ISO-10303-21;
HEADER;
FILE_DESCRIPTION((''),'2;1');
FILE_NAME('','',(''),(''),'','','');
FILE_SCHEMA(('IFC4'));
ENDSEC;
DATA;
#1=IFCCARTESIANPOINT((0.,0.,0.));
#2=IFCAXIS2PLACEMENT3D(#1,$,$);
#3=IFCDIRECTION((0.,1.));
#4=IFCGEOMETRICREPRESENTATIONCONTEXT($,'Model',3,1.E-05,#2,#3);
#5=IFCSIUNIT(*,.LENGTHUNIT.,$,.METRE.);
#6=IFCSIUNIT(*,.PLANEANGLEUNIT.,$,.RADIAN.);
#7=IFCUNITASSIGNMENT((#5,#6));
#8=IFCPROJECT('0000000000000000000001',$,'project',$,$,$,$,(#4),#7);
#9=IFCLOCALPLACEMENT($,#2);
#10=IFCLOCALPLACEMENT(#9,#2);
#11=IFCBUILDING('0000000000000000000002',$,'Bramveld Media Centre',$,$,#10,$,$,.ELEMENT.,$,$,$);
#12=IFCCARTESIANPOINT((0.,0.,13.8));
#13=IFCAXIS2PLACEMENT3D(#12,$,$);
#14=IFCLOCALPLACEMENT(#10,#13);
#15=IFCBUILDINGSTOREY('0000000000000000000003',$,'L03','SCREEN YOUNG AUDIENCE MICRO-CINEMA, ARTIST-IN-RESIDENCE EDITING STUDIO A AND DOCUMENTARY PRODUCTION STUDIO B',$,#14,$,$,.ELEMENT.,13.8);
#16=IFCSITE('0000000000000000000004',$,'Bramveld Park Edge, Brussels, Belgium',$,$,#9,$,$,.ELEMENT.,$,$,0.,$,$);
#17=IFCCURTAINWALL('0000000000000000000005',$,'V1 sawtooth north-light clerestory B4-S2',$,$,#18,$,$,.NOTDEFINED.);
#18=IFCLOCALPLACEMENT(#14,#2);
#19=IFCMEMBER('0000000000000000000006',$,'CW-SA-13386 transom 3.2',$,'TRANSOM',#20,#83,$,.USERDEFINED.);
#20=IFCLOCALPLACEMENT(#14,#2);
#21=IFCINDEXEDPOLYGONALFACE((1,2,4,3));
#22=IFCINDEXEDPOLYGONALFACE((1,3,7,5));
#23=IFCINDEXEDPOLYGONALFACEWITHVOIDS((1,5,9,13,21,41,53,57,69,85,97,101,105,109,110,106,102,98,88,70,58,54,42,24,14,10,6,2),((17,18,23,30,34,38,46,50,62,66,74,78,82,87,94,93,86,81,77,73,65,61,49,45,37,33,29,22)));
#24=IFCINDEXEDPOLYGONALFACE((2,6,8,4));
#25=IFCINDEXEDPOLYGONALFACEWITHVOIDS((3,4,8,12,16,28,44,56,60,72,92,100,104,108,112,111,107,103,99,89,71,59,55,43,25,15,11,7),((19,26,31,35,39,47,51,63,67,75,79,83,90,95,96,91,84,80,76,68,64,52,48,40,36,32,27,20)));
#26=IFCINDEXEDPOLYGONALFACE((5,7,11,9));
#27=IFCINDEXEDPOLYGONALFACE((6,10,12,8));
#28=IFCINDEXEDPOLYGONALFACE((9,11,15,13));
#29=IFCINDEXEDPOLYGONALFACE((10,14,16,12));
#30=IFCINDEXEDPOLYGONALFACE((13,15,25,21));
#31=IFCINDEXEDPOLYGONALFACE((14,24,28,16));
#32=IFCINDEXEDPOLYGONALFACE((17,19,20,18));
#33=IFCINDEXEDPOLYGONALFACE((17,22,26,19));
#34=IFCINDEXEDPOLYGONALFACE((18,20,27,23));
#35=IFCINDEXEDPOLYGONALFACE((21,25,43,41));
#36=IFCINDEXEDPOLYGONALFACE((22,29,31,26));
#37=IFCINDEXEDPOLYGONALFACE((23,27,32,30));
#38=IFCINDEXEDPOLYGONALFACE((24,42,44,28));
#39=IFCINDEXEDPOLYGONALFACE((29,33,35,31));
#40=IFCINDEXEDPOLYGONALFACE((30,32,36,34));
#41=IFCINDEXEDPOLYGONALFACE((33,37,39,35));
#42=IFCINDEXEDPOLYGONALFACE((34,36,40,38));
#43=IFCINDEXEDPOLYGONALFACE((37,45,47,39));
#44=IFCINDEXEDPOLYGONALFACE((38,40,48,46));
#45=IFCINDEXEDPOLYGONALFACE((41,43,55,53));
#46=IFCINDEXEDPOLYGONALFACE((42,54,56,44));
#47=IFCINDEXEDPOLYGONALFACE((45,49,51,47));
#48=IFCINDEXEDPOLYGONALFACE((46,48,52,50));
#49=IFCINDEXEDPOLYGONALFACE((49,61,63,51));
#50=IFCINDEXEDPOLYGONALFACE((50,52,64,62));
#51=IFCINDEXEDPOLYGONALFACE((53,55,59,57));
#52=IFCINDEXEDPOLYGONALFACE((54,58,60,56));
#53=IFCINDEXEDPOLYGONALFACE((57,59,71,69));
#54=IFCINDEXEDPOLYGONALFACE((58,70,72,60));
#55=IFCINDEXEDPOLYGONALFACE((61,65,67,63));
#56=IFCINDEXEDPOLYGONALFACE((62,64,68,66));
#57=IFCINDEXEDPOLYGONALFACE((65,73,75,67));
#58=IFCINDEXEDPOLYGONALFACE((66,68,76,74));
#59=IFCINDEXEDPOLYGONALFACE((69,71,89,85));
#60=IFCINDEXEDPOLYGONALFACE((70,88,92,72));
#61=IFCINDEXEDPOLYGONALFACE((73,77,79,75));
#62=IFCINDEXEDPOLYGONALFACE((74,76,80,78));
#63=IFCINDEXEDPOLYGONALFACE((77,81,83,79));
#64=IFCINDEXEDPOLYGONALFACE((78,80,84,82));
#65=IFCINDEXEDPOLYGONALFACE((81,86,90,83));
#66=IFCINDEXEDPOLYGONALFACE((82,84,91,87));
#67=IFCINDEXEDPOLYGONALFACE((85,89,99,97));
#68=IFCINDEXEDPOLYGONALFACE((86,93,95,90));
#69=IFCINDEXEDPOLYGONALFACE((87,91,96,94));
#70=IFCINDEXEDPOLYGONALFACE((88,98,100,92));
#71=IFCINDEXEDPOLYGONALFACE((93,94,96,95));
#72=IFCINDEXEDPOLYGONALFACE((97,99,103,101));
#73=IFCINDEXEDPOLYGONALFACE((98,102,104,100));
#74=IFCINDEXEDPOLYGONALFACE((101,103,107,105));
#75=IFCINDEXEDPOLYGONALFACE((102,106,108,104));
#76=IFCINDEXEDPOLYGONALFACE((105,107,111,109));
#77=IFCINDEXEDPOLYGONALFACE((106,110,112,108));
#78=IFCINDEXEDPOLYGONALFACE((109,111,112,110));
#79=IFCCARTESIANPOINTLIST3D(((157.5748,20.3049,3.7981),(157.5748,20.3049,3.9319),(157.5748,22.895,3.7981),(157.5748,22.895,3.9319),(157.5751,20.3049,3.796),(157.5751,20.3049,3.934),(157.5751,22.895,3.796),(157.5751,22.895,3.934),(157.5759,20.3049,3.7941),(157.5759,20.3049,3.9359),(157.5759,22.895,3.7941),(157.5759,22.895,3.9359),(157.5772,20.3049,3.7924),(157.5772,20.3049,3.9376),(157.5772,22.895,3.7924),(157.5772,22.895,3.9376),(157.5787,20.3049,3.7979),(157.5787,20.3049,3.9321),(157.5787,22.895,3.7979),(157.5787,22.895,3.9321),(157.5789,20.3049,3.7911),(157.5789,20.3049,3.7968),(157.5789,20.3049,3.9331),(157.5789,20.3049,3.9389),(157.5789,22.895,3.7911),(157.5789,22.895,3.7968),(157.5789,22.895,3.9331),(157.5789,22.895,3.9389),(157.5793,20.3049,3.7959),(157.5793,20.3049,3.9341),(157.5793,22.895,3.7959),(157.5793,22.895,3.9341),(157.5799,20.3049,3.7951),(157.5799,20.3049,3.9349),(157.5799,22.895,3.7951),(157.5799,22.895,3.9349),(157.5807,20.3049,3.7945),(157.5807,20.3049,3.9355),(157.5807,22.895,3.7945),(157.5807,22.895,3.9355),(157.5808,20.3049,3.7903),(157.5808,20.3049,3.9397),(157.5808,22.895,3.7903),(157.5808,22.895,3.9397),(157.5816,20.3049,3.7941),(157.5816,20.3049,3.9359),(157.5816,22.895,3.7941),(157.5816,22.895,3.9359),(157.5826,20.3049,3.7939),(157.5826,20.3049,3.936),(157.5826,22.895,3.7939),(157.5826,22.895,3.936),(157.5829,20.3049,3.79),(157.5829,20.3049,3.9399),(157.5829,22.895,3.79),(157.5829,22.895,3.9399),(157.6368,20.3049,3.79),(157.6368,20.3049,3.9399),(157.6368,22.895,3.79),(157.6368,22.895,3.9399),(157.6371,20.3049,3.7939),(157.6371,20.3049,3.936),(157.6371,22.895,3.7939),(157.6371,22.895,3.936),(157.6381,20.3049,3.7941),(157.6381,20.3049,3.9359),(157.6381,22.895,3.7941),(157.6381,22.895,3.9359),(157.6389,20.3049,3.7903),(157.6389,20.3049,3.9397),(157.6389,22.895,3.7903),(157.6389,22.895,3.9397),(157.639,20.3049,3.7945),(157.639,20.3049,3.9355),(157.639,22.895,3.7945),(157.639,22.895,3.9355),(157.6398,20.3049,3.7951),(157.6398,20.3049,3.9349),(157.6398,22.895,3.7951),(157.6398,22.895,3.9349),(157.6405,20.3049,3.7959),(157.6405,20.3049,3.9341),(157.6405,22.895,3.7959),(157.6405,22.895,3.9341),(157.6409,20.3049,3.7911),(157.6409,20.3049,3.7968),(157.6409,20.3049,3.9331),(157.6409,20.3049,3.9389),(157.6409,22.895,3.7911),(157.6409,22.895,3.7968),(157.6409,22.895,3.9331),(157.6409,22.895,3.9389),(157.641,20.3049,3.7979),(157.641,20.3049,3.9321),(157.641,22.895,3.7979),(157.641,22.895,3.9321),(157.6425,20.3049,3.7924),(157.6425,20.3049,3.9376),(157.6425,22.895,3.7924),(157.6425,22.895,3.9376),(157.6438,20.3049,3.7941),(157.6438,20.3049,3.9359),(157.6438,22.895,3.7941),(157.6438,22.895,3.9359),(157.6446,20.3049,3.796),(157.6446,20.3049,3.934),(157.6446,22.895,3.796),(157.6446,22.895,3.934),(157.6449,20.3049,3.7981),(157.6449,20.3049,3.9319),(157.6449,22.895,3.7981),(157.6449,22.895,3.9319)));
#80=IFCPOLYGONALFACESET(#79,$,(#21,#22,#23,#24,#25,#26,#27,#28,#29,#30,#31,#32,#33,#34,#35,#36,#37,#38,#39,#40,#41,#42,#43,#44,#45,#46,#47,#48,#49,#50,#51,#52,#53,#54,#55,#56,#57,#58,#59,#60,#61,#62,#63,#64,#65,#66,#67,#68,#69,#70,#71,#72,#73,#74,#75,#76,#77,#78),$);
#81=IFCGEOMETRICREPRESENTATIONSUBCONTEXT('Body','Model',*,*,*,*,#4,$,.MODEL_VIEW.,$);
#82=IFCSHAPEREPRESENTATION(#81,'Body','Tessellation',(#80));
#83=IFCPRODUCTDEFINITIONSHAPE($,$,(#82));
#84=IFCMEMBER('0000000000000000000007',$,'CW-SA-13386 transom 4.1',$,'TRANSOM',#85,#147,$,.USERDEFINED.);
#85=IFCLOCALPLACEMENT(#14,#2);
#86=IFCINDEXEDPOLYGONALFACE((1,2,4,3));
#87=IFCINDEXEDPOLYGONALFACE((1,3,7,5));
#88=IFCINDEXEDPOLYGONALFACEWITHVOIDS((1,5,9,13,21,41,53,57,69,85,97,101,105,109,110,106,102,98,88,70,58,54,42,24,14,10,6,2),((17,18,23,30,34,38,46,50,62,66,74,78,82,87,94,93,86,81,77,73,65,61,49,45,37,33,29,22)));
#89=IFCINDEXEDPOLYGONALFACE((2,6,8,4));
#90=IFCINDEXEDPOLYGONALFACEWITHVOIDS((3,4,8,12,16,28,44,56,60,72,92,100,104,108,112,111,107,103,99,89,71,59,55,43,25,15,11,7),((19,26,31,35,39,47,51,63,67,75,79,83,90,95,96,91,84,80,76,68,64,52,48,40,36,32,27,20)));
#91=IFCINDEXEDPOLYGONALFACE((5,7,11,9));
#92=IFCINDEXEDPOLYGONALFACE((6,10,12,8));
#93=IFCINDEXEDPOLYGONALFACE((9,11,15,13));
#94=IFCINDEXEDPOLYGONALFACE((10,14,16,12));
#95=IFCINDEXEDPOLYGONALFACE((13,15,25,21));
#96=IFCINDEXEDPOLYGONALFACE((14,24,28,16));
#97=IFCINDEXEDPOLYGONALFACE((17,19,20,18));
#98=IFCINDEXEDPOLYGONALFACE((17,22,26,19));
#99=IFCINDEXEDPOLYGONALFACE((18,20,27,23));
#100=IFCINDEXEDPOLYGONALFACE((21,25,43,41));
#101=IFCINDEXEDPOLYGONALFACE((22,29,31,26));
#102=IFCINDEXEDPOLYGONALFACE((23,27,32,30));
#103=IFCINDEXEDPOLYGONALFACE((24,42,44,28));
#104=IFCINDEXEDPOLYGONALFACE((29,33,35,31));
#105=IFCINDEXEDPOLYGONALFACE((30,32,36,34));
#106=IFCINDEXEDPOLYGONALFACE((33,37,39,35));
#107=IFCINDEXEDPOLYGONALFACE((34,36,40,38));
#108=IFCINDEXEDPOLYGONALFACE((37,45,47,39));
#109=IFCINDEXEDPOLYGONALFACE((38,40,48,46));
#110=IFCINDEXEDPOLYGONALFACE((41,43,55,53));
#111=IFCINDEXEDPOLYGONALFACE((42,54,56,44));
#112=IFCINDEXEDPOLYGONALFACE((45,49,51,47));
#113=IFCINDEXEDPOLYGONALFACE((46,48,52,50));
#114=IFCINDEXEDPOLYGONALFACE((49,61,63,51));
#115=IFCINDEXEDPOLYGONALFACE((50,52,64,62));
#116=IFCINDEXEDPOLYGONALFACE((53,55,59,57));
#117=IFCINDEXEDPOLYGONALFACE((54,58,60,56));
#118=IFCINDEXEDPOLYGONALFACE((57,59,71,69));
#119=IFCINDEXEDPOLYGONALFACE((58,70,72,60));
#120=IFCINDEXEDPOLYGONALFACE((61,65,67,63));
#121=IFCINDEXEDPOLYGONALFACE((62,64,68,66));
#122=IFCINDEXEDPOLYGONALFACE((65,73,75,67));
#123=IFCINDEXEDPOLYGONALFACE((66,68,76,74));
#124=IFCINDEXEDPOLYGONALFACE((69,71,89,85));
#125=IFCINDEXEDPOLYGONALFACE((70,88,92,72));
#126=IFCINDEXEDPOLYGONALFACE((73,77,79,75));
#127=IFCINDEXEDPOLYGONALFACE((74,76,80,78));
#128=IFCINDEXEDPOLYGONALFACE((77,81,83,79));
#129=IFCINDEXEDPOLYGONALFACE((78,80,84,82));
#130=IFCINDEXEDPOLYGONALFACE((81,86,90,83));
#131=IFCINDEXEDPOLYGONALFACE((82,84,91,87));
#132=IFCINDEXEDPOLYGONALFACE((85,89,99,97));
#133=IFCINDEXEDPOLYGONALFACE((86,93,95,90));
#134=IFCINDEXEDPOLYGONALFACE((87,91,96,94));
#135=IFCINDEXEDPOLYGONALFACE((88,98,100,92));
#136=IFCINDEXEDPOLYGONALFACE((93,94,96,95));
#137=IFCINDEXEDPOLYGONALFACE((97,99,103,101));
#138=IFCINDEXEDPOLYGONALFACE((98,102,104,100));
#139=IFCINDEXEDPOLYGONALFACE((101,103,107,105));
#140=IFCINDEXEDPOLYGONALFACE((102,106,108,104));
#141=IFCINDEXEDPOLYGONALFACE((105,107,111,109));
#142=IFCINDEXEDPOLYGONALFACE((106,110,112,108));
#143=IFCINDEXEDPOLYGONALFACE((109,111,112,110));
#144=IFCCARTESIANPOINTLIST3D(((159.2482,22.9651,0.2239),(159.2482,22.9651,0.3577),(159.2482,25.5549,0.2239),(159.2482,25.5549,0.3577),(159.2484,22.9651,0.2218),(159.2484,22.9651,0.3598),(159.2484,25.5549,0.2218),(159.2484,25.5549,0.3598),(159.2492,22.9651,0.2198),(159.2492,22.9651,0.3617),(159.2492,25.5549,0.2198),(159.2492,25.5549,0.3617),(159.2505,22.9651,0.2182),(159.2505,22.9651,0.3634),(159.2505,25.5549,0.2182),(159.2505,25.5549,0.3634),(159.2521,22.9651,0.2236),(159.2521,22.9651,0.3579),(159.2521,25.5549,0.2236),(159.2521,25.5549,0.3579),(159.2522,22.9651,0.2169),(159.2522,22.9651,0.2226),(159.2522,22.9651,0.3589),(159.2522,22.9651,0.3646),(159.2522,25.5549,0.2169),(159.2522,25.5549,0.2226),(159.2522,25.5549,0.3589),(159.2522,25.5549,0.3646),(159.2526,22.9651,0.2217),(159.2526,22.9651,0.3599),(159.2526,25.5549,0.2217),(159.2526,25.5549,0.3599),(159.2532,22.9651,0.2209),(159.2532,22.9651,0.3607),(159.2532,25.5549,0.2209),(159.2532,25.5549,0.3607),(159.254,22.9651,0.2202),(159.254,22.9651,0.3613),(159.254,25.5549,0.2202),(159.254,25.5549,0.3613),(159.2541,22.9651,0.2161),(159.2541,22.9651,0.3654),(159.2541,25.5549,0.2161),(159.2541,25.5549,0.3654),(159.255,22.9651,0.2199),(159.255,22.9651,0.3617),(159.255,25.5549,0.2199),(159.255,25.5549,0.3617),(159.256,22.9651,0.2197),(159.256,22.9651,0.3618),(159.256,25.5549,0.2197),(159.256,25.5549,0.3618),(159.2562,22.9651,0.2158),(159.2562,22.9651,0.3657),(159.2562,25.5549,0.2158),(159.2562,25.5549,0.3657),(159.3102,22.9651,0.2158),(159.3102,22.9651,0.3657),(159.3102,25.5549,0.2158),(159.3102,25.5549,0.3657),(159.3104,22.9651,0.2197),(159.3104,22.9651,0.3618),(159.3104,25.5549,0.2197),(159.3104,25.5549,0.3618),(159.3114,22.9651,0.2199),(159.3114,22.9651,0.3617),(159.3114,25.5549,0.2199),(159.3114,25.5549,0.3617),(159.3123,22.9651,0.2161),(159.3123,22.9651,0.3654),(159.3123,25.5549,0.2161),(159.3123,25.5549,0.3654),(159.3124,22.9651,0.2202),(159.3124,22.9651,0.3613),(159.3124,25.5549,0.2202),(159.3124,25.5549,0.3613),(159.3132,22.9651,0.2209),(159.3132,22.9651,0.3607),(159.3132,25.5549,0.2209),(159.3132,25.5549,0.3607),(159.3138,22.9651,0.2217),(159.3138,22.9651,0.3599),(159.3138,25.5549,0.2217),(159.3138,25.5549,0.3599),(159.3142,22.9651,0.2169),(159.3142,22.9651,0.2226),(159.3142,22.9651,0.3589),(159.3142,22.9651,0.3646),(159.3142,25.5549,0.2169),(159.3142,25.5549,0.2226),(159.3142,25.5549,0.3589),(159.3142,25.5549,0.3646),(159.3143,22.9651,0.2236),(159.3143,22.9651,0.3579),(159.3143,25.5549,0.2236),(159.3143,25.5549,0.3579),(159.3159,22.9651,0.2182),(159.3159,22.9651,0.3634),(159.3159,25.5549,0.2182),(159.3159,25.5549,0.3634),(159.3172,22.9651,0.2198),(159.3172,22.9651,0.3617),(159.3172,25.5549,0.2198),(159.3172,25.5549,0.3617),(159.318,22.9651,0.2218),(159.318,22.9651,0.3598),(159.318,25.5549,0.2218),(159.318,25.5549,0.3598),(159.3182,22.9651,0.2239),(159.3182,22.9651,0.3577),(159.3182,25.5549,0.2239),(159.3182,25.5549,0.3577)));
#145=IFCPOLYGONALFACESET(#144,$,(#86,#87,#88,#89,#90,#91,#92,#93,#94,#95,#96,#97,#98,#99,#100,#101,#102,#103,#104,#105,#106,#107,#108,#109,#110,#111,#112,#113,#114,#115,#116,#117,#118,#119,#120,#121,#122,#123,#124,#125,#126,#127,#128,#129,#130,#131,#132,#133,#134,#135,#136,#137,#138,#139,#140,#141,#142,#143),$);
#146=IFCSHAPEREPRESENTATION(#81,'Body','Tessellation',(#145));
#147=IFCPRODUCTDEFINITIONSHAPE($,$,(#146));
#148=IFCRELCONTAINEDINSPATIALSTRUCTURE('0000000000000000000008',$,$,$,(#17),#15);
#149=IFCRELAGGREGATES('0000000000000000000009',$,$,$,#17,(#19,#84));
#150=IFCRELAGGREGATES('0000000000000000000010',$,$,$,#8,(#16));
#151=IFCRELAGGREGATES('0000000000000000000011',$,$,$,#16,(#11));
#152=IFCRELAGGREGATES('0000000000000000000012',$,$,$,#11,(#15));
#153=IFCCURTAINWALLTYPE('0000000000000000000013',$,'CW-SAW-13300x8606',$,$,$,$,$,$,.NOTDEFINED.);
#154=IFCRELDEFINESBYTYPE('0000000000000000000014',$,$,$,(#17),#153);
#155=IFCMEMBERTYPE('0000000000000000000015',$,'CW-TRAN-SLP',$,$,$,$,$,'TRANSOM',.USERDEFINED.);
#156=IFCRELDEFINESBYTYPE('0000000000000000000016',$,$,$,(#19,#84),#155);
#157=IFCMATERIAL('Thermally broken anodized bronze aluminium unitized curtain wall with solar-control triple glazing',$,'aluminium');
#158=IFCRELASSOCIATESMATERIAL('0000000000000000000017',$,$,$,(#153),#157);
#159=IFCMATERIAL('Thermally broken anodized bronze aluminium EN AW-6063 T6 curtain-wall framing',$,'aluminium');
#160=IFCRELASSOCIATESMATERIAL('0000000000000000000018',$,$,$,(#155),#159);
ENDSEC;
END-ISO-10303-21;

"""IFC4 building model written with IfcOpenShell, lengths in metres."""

from ifc_helpers import new_model, si_unit, direction, frame, origin, origin_2d, place, context, subcontext, project, spatial, hollow_rectangle, extrude, material, material_profile, profile_set, type_object, element, aggregate, save


model = new_model("IFC4")

# Units and contexts
model_context = context("Model", 3, precision=1e-05, world=origin(), true_north=direction((0.0, 1.0)))
body_context = subcontext(model_context, "Body", "Model", "MODEL_VIEW")
ifc_project = project(units=[si_unit("LENGTHUNIT", "METRE"), si_unit("PLANEANGLEUNIT", "RADIAN")], contexts=[model_context])

# Site, building, storey
site_placement = place(None, origin())
site = spatial("IfcSite", under=ifc_project, at=site_placement, Name="Bramveld Park Edge, Brussels, Belgium", CompositionType="ELEMENT", RefElevation=0.0)
building_placement = place(site_placement, origin())
building = spatial("IfcBuilding", under=site, at=building_placement, Name="Bramveld Media Centre", CompositionType="ELEMENT")
storey_placement = place(building_placement, frame((0.0, 0.0, 13.8)))
storey = spatial("IfcBuildingStorey", under=building, at=storey_placement, Name="L03", Description="SCREEN YOUNG AUDIENCE MICRO-CINEMA, ARTIST-IN-RESIDENCE EDITING STUDIO A AND DOCUMENTARY PRODUCTION STUDIO B", CompositionType="ELEMENT", Elevation=13.8)

# Curtain wall, members
ifc_material_1 = material(Name="Thermally broken anodized bronze aluminium unitized curtain wall with solar-control triple glazing", Category="aluminium")
curtain_wall_type = type_object("IfcCurtainWallType", Name="CW-SAW-13300x8606", PredefinedType="NOTDEFINED", material=ifc_material_1)
curtain_wall_placement = place(storey_placement, origin())
curtain_wall = element("IfcCurtainWall", 1, at=curtain_wall_placement, inside=storey, type_object=curtain_wall_type, Name="V1 sawtooth north-light clerestory B4-S2", PredefinedType="NOTDEFINED")
ifc_material_2 = material(Name="Thermally broken anodized bronze aluminium EN AW-6063 T6 curtain-wall framing", Category="aluminium")
ifc_material_profile_1 = material_profile(ifc_material_2, hollow_rectangle(XDim=0.0701, YDim=0.1499, WallThickness=0.0039, InnerFilletRadius=0.0039, OuterFilletRadius=0.0081, at=origin_2d()), Name="AL-TRAN 70x150")
ifc_profile_set_1 = profile_set([ifc_material_profile_1], Name="Thermally broken anodized bronze aluminium EN AW-6063 T6 curtain-wall framing")
member_type_1 = type_object("IfcMemberType", Name="CW-TRAN-SLP", ElementType="TRANSOM", PredefinedType="USERDEFINED", material=ifc_profile_set_1)
member_1_placement = place(storey_placement, frame((157.6099, 20.3049, 3.865), z_axis=(0.0, 1.0, 0.0), x_axis=(-1.0, 0.0, 0.0)))
member_1 = element("IfcMember", 2, at=member_1_placement, type_object=member_type_1, Name="CW-SA-13386 transom 3.2", ObjectType="TRANSOM", PredefinedType="USERDEFINED", context=body_context, shape_type="SweptSolid", body=[
    extrude(hollow_rectangle(XDim=0.0701, YDim=0.1499, WallThickness=0.0039, InnerFilletRadius=0.0039, OuterFilletRadius=0.0081, at=origin_2d()), origin(), (0.0, 0.0, 1.0), 2.5901),
])
member_2_placement = place(storey_placement, frame((159.2832, 22.9651, 0.2908), z_axis=(0.0, 1.0, 0.0), x_axis=(-1.0, 0.0, 0.0)))
member_2 = element("IfcMember", 3, at=member_2_placement, type_object=member_type_1, Name="CW-SA-13386 transom 4.1", ObjectType="TRANSOM", PredefinedType="USERDEFINED", context=body_context, shape_type="SweptSolid", body=[
    extrude(hollow_rectangle(XDim=0.0701, YDim=0.1499, WallThickness=0.0039, InnerFilletRadius=0.0039, OuterFilletRadius=0.0081, at=origin_2d()), origin(), (0.0, 0.0, 1.0), 2.5898),
])

aggregate(curtain_wall, [member_1, member_2])

save(model, "model.ifc")
